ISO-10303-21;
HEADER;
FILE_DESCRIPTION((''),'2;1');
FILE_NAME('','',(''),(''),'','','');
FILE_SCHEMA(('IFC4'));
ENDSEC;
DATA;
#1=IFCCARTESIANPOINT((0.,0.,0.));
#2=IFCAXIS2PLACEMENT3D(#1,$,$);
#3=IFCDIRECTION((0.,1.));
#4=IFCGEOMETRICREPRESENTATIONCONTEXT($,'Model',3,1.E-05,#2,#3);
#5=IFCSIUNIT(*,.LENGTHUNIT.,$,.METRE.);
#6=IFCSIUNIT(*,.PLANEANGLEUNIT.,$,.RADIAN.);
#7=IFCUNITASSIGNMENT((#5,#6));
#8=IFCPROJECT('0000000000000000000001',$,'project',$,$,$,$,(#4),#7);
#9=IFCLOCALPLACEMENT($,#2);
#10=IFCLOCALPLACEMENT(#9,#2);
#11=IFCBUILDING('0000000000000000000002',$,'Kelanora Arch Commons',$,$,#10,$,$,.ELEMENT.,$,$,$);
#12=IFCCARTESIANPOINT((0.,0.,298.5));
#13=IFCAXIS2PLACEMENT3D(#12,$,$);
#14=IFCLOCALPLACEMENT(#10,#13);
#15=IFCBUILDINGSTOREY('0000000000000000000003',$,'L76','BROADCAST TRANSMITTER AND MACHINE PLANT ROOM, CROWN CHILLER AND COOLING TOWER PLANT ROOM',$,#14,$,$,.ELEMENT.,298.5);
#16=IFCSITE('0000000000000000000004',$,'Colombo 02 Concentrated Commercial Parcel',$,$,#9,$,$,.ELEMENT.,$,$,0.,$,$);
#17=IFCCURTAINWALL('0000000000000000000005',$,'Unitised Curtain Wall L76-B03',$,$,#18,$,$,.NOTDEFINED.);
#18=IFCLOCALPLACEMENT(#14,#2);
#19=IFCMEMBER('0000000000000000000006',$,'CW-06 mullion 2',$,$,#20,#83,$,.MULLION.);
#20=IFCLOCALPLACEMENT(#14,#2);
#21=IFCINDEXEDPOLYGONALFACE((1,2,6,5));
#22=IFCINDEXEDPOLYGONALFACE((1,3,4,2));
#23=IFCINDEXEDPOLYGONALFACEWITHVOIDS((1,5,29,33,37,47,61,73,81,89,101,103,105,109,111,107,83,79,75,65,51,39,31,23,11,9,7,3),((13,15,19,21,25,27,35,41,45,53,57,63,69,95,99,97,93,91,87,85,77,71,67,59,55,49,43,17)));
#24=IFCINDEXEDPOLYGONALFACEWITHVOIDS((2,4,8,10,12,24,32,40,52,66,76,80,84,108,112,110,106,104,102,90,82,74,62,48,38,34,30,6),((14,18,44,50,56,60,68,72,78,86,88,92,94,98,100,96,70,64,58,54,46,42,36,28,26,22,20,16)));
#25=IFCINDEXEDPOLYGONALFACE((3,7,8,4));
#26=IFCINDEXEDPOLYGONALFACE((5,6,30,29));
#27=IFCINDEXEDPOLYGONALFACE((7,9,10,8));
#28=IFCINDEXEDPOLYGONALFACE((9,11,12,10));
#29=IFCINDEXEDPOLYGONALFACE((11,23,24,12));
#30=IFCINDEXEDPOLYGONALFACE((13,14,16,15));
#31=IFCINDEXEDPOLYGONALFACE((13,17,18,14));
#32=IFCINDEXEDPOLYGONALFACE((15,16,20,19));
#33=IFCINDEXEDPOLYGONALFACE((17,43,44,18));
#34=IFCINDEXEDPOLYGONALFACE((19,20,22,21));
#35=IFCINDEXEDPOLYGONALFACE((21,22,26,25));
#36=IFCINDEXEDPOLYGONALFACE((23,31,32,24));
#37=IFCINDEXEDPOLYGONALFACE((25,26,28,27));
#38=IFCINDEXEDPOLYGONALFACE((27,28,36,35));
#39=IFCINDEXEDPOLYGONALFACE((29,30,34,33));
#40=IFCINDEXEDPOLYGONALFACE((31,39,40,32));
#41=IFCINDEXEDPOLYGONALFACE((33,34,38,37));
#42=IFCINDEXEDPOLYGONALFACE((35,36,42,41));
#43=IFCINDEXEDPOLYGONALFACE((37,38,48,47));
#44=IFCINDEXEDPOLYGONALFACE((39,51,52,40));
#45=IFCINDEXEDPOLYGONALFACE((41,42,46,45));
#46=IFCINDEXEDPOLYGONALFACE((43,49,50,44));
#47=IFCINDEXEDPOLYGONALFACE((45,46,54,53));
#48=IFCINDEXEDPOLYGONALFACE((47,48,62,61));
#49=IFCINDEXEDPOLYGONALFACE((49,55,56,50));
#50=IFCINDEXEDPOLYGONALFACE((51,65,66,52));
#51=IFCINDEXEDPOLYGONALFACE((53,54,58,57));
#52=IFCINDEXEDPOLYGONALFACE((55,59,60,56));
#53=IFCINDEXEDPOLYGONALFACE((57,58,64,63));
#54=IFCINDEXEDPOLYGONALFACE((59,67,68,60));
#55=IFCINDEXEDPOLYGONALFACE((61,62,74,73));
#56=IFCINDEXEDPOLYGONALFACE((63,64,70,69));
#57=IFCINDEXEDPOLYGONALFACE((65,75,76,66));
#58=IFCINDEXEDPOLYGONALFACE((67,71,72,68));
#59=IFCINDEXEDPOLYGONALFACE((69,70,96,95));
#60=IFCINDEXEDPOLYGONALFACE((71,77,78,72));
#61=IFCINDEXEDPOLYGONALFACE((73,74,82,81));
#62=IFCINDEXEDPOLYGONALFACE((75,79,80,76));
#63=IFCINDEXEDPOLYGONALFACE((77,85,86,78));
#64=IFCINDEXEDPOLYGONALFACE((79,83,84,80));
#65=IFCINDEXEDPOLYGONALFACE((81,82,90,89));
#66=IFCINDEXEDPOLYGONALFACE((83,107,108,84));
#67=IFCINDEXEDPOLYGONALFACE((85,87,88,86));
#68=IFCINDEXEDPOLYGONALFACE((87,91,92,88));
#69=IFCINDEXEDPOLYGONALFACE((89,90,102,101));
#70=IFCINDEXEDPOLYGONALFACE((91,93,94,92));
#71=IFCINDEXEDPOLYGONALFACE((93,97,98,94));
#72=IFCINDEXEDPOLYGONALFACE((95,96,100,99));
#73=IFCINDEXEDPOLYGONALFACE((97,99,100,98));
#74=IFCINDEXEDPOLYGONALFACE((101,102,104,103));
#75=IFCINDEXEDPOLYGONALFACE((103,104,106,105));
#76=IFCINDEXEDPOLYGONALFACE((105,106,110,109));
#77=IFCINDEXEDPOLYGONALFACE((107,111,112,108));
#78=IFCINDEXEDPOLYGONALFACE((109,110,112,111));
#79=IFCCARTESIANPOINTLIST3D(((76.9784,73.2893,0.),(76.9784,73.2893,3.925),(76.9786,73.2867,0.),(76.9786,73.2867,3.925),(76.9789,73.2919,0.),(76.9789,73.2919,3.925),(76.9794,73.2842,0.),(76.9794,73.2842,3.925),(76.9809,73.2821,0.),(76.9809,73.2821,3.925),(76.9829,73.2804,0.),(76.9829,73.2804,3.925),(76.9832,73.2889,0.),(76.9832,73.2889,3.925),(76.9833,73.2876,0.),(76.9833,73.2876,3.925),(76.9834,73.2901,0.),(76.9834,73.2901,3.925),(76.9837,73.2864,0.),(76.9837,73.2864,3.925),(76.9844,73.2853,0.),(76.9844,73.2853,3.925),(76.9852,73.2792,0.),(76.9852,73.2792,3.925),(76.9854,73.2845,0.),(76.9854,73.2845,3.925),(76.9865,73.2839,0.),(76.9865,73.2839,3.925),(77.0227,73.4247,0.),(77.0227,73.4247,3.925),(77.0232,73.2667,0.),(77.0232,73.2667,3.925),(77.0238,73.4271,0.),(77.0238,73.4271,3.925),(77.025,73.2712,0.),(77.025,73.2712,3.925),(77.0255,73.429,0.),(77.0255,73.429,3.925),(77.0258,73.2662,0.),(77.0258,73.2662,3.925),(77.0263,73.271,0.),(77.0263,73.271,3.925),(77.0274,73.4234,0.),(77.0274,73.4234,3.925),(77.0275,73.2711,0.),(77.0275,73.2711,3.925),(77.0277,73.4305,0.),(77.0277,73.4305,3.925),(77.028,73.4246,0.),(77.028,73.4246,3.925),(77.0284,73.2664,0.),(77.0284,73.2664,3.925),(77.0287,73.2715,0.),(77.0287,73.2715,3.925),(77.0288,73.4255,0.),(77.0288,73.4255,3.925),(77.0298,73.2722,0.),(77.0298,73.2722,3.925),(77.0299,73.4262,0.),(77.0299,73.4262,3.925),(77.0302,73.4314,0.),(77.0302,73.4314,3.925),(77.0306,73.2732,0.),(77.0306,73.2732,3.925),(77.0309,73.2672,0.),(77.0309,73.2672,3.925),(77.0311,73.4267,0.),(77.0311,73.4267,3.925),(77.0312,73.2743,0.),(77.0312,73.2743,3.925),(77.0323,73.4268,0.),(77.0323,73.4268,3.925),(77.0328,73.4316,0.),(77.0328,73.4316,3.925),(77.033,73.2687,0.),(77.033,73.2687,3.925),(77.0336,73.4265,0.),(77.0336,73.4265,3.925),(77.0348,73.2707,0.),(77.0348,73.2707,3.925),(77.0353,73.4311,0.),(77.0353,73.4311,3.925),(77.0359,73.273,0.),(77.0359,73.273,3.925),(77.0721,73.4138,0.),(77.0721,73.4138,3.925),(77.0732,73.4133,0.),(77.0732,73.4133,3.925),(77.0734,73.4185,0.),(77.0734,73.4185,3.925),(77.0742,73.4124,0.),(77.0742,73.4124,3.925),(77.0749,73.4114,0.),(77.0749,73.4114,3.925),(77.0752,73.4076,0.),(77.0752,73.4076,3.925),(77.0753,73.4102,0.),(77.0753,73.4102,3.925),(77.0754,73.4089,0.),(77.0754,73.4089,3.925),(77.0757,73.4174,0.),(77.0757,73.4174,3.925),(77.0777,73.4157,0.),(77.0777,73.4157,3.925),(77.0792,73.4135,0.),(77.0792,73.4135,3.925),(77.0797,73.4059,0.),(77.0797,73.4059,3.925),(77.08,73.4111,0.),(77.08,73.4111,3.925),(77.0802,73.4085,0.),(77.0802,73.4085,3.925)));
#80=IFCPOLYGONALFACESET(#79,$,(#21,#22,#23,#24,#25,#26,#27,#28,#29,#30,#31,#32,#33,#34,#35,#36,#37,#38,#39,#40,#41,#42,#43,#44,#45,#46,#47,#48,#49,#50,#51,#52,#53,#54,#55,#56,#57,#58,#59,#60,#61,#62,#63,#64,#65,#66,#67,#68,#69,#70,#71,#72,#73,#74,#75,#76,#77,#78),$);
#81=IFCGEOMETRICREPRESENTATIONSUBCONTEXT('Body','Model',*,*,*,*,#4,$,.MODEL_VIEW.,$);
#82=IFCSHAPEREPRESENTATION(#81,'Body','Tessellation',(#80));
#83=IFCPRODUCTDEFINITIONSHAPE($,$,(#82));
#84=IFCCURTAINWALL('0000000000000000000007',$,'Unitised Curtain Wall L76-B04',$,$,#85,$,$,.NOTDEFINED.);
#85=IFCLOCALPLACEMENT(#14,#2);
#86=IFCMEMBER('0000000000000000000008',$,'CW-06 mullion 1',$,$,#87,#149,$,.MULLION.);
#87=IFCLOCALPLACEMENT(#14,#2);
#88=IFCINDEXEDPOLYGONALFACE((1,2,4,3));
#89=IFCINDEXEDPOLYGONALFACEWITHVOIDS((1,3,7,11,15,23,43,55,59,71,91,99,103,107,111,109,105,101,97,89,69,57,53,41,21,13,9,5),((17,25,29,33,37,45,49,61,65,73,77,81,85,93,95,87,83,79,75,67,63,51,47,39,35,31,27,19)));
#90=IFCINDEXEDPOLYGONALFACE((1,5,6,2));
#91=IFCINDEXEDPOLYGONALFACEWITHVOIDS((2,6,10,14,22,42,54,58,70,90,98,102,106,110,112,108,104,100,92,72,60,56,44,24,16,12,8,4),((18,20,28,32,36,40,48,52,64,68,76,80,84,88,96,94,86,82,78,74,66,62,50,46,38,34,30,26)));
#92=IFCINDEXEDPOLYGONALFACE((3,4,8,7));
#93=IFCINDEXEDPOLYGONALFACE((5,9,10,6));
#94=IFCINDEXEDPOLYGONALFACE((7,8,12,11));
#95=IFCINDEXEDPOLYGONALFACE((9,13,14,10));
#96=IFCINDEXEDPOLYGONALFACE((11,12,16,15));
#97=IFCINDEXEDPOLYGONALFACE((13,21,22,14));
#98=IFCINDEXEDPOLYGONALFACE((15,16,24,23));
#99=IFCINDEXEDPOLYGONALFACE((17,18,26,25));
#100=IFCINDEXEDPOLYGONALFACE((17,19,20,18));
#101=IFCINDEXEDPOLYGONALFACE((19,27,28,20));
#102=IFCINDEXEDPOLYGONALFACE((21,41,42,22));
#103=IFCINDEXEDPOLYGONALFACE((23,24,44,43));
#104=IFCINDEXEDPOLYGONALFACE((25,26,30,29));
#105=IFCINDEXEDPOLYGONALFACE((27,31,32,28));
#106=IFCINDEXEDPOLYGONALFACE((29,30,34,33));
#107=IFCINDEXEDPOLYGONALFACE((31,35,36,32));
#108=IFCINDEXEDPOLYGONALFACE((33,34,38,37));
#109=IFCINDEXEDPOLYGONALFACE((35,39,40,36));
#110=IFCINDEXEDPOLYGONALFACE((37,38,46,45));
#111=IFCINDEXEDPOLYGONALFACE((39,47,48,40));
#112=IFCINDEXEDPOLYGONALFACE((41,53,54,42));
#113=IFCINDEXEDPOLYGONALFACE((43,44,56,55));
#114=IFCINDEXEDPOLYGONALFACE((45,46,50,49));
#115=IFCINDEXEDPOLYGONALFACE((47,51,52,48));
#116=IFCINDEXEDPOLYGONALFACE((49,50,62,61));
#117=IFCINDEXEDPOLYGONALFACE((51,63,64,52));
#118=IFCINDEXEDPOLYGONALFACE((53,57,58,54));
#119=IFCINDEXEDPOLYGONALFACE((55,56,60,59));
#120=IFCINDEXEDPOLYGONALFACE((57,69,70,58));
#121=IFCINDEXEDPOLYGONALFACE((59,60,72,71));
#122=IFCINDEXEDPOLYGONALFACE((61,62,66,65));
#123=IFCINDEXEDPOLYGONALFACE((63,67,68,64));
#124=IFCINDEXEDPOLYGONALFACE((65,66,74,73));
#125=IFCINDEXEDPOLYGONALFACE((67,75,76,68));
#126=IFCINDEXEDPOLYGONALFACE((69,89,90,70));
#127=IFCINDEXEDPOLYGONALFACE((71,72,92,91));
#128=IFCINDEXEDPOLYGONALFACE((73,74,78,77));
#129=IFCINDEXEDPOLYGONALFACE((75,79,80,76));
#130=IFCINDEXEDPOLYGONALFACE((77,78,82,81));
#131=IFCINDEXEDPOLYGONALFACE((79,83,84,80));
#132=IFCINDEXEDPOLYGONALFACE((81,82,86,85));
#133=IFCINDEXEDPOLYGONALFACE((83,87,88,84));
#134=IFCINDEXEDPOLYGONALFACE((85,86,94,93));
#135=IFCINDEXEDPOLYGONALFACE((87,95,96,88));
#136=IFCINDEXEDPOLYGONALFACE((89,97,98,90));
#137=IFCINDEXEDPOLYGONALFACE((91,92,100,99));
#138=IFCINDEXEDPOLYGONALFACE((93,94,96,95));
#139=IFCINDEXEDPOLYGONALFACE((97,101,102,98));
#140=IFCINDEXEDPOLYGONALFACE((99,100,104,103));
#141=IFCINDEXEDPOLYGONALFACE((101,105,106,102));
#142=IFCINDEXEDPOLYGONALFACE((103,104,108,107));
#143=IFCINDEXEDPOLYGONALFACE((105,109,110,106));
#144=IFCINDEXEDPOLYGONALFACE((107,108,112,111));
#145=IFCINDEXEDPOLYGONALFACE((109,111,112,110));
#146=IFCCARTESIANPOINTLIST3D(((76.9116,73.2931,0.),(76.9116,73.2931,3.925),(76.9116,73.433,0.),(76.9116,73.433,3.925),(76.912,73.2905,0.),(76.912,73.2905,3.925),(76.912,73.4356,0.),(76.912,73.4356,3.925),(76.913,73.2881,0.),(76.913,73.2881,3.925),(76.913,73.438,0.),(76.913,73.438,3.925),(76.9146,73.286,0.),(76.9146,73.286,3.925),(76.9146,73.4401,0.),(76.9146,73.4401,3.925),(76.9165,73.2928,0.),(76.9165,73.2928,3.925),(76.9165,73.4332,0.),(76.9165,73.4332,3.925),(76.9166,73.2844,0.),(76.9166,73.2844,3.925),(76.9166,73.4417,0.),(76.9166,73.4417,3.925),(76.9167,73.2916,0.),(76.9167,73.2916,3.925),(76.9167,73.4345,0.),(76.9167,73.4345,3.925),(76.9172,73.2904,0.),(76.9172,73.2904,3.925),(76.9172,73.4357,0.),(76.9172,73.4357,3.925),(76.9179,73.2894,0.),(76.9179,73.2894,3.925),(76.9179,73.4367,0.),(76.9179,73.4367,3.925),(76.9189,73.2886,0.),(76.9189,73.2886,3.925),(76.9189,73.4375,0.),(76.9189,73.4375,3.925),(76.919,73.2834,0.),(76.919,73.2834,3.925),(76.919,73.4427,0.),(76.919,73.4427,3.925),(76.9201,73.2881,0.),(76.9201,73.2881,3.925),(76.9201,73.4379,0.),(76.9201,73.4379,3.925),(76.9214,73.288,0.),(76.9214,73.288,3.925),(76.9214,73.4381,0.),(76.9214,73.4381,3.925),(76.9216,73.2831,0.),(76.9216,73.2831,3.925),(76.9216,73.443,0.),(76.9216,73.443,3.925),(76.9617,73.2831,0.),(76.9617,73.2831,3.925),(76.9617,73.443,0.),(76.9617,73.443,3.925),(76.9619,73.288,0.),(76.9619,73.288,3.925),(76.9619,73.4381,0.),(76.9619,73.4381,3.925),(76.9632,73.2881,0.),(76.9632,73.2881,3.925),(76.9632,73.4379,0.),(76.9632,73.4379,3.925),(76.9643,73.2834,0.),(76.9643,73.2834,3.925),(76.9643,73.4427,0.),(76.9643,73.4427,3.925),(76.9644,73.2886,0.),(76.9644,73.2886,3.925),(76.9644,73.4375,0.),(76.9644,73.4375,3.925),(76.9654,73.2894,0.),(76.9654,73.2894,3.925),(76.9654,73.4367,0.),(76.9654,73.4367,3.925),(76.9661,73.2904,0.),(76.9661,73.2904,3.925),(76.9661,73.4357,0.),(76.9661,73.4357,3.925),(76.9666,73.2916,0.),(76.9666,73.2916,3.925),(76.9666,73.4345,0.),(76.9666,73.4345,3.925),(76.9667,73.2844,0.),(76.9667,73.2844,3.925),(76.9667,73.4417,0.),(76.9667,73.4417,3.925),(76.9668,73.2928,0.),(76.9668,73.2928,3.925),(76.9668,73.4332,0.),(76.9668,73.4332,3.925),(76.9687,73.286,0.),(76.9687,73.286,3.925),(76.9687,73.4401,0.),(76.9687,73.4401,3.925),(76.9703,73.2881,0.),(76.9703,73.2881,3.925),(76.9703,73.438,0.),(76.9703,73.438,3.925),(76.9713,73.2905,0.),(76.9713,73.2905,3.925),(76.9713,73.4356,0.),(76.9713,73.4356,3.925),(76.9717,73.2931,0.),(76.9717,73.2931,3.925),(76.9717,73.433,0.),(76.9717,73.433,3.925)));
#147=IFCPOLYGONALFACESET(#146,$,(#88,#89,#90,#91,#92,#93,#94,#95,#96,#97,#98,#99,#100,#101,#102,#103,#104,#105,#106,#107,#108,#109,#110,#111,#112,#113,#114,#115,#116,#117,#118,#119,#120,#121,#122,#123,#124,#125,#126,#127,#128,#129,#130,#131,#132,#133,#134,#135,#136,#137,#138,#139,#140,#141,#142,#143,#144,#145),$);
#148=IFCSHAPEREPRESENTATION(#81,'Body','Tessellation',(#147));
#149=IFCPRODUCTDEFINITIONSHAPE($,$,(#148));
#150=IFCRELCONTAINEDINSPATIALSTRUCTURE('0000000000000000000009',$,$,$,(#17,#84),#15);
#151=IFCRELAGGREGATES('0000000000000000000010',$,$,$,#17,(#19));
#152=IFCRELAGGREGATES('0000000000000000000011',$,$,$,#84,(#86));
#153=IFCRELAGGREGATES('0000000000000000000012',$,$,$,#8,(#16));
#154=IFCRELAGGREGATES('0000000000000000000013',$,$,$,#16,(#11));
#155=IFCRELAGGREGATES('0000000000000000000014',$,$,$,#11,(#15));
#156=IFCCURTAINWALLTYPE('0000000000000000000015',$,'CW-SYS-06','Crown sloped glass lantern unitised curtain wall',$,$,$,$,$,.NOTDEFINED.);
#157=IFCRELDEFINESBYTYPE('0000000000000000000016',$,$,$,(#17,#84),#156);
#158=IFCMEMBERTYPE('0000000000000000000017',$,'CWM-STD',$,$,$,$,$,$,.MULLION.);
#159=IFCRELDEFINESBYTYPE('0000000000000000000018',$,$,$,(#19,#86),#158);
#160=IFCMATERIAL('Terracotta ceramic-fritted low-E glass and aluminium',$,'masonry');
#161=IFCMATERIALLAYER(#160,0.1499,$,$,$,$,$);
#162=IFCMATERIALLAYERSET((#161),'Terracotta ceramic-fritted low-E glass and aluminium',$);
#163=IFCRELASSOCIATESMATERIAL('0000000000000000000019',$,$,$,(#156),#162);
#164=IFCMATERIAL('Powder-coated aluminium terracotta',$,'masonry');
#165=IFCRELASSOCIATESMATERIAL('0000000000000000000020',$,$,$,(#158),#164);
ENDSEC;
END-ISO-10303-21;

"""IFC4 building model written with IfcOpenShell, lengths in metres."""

from ifc_helpers import new_model, si_unit, direction, frame, origin, origin_2d, place, context, subcontext, project, spatial, hollow_rectangle, extrude, material, layer, layer_set, material_profile, profile_set, type_object, element, aggregate, save


model = new_model("IFC4")

# Units and contexts
model_context = context("Model", 3, precision=1e-05, world=origin(), true_north=direction((0.0, 1.0)))
body_context = subcontext(model_context, "Body", "Model", "MODEL_VIEW")
ifc_project = project(units=[si_unit("LENGTHUNIT", "METRE"), si_unit("PLANEANGLEUNIT", "RADIAN")], contexts=[model_context])

# Site, building, storey
site_placement = place(None, origin())
site = spatial("IfcSite", under=ifc_project, at=site_placement, Name="Colombo 02 Concentrated Commercial Parcel", CompositionType="ELEMENT", RefElevation=0.0)
building_placement = place(site_placement, origin())
building = spatial("IfcBuilding", under=site, at=building_placement, Name="Kelanora Arch Commons", CompositionType="ELEMENT")
storey_placement = place(building_placement, frame((0.0, 0.0, 298.5)))
storey = spatial("IfcBuildingStorey", under=building, at=storey_placement, Name="L76", Description="BROADCAST TRANSMITTER AND MACHINE PLANT ROOM, CROWN CHILLER AND COOLING TOWER PLANT ROOM", CompositionType="ELEMENT", Elevation=298.5)

# Curtain wall, member
ifc_material_1 = material(Name="Terracotta ceramic-fritted low-E glass and aluminium", Category="masonry")
ifc_layer_1 = layer(ifc_material_1, 0.1499)
ifc_layer_set_1 = layer_set([ifc_layer_1], Name="Terracotta ceramic-fritted low-E glass and aluminium")
curtain_wall_type = type_object("IfcCurtainWallType", Name="CW-SYS-06", Description="Crown sloped glass lantern unitised curtain wall", PredefinedType="NOTDEFINED", material=ifc_layer_set_1)
curtain_wall_1_placement = place(storey_placement, origin())
curtain_wall_1 = element("IfcCurtainWall", 1, at=curtain_wall_1_placement, inside=storey, type_object=curtain_wall_type, Name="Unitised Curtain Wall L76-B03", PredefinedType="NOTDEFINED")
ifc_material_2 = material(Name="Powder-coated aluminium terracotta", Category="masonry")
ifc_material_profile_1 = material_profile(ifc_material_2, hollow_rectangle(XDim=0.1599, YDim=0.0601, WallThickness=0.0049, InnerFilletRadius=0.0049, OuterFilletRadius=0.01, at=origin_2d()), Name="CWM160x60")
ifc_profile_set_1 = profile_set([ifc_material_profile_1], Name="Powder-coated aluminium terracotta")
member_type_1 = type_object("IfcMemberType", Name="CWM-STD", PredefinedType="MULLION", material=ifc_profile_set_1)
member_1_placement = place(storey_placement, frame((77.0293, 73.3489, 0.0), z_axis=(0.0, 0.0, 1.0), x_axis=(-0.313467, -0.949599, 0.0)))
member_1 = element("IfcMember", 2, at=member_1_placement, type_object=member_type_1, Name="CW-06 mullion 2", PredefinedType="MULLION", context=body_context, shape_type="SweptSolid", body=[
    extrude(hollow_rectangle(XDim=0.1599, YDim=0.0601, WallThickness=0.0049, InnerFilletRadius=0.0049, OuterFilletRadius=0.01, at=origin_2d()), origin(), (0.0, 0.0, 1.0), 3.925),
])

# Curtain wall, member
curtain_wall_2_placement = place(storey_placement, origin())
curtain_wall_2 = element("IfcCurtainWall", 3, at=curtain_wall_2_placement, inside=storey, type_object=curtain_wall_type, Name="Unitised Curtain Wall L76-B04", PredefinedType="NOTDEFINED")
member_2_placement = place(storey_placement, frame((76.9417, 73.363, 0.0), z_axis=(0.0, 0.0, 1.0), x_axis=(0.0, -1.0, 0.0)))
member_2 = element("IfcMember", 4, at=member_2_placement, type_object=member_type_1, Name="CW-06 mullion 1", PredefinedType="MULLION", context=body_context, shape_type="SweptSolid", body=[
    extrude(hollow_rectangle(XDim=0.1599, YDim=0.0601, WallThickness=0.0049, InnerFilletRadius=0.0049, OuterFilletRadius=0.01, at=origin_2d()), origin(), (0.0, 0.0, 1.0), 3.925),
])

aggregate(curtain_wall_1, [member_1])
aggregate(curtain_wall_2, [member_2])

save(model, "model.ifc")
